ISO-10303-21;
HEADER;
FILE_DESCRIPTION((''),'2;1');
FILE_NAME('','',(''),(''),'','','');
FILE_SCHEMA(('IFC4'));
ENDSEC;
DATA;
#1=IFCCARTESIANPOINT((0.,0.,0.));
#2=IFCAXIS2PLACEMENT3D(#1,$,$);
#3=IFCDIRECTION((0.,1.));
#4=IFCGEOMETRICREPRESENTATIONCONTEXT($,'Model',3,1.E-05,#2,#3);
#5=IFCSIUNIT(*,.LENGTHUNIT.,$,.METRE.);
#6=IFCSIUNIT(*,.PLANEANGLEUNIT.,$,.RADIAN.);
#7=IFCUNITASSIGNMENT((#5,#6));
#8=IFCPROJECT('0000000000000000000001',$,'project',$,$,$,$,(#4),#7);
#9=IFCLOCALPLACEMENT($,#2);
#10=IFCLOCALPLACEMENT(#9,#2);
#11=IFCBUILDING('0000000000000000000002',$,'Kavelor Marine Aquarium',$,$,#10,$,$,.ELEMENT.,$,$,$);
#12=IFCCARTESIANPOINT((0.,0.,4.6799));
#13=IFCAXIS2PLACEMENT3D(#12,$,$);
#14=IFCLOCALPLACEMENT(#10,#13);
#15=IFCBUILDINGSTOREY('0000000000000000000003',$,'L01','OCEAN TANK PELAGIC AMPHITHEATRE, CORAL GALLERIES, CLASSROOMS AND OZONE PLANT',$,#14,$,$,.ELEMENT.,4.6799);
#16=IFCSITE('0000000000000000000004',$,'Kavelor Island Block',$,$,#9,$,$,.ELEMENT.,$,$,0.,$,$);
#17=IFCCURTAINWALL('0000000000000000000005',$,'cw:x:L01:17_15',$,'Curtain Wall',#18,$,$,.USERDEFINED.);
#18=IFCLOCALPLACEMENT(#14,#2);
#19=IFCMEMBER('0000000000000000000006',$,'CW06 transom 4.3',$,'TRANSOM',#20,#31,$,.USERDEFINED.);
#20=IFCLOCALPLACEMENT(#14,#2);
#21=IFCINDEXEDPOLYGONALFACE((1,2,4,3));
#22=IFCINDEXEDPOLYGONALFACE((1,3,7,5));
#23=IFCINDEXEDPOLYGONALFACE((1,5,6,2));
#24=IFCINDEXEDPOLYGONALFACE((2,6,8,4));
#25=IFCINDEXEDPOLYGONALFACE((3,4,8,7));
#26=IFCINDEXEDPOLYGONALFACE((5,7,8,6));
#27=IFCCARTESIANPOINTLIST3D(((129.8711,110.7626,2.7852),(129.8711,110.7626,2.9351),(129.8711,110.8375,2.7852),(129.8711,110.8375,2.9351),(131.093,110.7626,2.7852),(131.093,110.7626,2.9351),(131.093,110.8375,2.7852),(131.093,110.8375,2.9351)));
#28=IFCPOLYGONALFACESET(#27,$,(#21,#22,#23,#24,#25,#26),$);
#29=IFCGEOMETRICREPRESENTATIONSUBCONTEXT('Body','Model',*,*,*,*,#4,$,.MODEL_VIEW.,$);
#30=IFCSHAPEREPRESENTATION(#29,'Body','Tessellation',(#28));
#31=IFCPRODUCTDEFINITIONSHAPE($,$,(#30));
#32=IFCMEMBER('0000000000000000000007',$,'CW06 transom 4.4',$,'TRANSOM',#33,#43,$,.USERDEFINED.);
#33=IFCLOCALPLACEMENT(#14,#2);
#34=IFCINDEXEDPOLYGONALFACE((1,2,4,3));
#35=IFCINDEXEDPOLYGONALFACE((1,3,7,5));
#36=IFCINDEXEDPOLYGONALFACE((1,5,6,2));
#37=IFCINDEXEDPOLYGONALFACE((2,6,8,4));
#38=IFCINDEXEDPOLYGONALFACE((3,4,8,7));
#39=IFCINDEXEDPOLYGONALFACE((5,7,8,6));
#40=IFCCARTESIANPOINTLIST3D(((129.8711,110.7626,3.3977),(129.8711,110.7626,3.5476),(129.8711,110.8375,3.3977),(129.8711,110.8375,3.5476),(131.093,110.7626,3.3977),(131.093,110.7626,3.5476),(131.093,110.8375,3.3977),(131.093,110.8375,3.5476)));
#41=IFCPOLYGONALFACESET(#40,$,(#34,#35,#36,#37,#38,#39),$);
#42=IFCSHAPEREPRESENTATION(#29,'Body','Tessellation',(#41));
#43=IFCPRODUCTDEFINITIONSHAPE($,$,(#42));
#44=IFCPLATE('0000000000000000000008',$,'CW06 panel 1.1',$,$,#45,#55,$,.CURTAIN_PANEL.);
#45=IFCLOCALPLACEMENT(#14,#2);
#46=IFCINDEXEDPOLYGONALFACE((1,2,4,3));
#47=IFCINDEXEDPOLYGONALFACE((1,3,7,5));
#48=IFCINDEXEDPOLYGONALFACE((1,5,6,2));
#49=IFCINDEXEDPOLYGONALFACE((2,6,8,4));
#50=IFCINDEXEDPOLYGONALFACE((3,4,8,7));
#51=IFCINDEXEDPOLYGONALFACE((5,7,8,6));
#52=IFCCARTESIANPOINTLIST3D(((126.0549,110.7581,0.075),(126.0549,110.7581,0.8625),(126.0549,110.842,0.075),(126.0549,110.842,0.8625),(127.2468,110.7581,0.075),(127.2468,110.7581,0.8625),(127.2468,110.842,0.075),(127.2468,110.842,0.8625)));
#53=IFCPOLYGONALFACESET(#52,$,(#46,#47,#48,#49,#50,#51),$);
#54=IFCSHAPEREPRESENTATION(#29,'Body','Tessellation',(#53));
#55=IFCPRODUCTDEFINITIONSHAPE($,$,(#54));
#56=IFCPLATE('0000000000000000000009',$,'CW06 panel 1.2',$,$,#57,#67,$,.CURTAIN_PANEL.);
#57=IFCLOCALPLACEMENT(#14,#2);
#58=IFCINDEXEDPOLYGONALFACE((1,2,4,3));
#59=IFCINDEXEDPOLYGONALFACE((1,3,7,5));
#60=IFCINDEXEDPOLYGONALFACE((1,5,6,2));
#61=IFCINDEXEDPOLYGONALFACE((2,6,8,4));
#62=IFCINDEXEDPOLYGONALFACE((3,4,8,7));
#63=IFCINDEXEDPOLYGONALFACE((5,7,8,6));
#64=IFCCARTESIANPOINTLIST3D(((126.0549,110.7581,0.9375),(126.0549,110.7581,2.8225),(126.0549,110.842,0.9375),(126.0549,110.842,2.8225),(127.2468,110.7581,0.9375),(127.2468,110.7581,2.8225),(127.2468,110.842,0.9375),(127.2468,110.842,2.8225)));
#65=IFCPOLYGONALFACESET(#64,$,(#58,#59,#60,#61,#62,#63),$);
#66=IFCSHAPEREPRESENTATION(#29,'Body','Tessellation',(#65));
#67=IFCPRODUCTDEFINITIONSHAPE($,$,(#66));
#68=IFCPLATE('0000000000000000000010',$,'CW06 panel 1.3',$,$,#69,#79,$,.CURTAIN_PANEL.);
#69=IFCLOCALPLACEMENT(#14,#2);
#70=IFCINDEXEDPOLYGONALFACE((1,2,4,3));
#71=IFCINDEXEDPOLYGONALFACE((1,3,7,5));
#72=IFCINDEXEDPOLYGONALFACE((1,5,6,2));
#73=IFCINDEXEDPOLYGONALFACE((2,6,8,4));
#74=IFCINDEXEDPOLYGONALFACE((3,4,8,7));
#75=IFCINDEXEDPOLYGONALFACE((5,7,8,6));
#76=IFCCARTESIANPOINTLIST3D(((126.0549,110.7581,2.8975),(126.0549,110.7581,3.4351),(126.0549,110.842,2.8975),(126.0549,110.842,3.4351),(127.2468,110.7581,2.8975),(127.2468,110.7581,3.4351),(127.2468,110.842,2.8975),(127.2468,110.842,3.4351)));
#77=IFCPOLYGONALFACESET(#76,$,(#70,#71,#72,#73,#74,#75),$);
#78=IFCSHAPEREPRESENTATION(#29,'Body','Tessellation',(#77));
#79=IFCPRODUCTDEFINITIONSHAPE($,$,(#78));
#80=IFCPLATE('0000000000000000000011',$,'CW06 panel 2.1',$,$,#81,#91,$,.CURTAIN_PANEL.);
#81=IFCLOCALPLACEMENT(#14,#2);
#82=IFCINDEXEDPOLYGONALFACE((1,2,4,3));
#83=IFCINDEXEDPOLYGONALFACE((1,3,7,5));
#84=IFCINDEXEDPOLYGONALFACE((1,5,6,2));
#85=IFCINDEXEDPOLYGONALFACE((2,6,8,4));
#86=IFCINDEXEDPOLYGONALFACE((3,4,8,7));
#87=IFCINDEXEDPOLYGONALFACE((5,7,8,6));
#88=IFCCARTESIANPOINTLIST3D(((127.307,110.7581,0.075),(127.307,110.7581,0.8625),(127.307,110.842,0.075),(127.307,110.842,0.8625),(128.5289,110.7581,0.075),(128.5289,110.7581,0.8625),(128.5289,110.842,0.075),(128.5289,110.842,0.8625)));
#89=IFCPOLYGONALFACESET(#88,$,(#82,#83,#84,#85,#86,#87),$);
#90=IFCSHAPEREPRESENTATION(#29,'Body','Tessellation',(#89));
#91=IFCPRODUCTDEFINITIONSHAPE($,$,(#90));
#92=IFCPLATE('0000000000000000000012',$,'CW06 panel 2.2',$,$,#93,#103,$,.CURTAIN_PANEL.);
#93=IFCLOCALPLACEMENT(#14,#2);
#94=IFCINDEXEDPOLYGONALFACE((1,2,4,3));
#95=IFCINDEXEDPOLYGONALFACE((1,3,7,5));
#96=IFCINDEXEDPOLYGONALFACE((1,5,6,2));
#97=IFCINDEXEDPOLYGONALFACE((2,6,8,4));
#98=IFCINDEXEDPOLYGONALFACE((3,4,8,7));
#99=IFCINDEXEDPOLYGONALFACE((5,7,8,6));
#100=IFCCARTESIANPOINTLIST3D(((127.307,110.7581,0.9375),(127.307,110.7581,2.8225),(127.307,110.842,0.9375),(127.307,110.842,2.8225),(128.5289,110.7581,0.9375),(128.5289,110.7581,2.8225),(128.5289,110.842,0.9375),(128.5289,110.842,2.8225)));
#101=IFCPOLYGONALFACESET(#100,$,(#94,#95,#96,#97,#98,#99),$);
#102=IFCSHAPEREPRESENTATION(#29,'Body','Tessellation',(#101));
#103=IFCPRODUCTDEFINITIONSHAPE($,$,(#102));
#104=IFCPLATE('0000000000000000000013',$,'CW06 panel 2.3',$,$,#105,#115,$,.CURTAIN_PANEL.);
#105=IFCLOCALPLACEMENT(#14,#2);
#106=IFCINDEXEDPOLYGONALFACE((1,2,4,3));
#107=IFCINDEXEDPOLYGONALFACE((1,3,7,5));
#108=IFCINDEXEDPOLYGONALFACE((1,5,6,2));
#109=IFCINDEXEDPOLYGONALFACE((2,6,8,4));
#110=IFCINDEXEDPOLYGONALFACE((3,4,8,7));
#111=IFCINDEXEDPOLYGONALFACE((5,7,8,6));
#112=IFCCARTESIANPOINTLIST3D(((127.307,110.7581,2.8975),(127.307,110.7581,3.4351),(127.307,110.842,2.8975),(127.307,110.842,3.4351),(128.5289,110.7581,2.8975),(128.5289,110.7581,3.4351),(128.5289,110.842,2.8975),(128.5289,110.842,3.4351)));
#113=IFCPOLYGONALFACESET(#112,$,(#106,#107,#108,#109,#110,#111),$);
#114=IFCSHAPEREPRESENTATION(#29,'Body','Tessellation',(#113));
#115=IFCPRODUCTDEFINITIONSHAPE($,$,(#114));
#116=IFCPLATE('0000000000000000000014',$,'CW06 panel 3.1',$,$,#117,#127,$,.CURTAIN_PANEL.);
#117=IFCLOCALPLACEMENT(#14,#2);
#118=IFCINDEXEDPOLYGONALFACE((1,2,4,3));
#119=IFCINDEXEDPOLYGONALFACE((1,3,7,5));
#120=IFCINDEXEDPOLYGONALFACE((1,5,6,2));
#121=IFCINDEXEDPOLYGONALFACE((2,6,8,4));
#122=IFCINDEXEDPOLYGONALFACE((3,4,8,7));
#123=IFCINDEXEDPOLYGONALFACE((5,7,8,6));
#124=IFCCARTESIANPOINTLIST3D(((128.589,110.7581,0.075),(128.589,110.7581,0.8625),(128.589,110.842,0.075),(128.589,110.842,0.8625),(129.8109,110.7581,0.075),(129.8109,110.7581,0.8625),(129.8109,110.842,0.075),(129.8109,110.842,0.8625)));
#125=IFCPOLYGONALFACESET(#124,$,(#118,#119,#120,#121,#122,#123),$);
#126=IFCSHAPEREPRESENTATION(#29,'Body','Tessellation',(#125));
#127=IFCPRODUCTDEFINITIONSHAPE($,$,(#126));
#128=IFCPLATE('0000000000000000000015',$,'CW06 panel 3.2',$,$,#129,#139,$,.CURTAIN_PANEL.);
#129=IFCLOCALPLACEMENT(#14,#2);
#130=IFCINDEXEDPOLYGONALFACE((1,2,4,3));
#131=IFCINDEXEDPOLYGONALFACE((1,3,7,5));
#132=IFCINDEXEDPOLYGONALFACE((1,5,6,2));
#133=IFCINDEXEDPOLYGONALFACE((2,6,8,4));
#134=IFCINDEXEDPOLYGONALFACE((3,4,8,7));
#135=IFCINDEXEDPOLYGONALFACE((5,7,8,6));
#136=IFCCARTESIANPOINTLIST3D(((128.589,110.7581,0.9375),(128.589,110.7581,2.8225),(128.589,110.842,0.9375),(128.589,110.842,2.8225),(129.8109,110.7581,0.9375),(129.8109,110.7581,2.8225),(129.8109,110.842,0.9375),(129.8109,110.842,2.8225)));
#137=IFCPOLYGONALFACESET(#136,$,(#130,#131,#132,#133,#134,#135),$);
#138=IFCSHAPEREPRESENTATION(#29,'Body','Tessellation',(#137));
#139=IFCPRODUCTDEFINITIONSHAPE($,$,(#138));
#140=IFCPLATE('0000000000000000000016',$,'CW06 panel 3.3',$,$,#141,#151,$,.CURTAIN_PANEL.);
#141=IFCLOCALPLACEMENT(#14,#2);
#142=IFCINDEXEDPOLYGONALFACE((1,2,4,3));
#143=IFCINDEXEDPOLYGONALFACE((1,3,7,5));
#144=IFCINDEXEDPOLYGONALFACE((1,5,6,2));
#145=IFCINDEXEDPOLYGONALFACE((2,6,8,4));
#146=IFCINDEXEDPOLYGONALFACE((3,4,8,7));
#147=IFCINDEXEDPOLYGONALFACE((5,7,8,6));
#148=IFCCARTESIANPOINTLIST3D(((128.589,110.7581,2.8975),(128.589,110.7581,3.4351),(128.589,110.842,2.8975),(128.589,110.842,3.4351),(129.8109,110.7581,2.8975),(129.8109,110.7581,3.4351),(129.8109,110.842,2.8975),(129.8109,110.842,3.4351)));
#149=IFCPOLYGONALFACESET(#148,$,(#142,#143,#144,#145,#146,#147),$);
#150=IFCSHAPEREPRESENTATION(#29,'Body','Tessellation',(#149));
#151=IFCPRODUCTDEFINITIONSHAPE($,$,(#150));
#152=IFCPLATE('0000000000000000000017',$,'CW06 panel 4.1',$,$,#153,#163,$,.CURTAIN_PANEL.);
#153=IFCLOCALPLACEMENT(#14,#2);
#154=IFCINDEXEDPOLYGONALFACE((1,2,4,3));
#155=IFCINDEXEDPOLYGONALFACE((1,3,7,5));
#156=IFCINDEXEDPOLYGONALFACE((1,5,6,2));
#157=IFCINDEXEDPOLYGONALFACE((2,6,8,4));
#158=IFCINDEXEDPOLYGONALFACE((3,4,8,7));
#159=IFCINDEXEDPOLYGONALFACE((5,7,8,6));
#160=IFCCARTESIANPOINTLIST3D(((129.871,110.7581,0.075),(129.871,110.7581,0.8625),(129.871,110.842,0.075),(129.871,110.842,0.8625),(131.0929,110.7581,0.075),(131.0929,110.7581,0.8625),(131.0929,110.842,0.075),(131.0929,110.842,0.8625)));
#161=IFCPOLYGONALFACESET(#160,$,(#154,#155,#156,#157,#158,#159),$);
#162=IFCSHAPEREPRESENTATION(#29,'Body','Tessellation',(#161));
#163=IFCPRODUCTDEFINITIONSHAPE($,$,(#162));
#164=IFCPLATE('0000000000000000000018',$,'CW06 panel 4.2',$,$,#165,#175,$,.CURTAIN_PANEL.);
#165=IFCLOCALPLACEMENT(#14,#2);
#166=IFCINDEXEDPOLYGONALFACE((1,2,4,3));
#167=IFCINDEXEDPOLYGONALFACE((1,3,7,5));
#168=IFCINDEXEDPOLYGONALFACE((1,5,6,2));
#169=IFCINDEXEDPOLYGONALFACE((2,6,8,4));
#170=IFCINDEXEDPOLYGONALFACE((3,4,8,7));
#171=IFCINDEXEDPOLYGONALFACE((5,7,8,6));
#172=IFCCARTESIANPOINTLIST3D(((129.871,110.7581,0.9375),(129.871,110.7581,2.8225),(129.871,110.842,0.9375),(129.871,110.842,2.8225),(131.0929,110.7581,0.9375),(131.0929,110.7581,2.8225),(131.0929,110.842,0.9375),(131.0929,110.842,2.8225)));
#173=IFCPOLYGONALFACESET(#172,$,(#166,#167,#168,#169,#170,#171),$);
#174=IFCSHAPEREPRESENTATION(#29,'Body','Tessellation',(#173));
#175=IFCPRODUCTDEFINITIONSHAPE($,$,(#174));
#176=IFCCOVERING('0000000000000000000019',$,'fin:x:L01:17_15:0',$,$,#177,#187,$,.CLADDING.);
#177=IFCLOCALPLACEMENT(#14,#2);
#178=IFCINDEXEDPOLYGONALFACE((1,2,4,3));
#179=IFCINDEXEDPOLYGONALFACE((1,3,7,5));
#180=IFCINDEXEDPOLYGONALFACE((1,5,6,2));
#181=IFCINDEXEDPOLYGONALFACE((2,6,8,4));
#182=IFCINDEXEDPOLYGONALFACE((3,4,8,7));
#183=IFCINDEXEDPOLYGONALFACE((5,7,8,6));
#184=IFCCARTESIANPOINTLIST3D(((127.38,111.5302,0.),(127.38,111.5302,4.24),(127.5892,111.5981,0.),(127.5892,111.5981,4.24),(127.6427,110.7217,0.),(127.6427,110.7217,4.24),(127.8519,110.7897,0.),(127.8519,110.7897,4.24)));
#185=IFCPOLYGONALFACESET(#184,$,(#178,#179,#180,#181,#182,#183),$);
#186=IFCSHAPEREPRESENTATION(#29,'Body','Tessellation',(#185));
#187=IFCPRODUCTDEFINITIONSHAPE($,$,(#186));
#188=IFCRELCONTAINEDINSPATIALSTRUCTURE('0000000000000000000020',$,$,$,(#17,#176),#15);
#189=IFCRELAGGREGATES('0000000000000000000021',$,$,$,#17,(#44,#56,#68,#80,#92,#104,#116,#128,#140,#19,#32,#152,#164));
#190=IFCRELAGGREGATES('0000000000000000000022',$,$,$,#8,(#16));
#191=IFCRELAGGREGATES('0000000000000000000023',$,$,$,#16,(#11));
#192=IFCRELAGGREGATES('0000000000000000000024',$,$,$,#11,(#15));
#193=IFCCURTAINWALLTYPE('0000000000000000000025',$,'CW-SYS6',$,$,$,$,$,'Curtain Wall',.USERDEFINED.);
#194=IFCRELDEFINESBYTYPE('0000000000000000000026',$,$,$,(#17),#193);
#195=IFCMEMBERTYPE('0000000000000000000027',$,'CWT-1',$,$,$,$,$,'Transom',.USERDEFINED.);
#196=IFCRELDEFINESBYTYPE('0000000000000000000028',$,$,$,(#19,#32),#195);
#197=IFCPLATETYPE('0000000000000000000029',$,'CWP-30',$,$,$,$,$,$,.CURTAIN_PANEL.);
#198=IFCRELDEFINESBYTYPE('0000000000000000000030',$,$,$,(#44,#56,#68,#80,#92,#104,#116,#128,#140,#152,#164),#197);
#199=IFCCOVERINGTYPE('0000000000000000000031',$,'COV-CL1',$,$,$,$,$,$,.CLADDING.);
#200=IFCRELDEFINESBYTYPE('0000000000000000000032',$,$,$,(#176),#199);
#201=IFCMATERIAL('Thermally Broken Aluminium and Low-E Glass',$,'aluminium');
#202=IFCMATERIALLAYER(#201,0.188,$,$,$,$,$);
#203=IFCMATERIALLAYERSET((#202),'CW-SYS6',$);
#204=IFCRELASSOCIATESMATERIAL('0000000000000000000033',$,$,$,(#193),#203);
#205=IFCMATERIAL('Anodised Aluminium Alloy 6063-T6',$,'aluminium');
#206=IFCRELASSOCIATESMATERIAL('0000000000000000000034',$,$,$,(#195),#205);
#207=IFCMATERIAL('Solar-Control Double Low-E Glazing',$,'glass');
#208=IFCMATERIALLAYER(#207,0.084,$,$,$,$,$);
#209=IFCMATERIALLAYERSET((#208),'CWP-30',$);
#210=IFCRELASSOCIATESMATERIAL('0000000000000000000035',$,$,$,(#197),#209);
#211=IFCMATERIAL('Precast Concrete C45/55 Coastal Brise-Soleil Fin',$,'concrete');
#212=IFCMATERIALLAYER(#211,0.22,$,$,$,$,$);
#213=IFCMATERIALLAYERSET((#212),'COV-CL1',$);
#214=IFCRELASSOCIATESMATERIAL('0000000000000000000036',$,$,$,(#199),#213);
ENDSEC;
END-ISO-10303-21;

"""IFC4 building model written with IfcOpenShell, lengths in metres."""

from ifc_helpers import new_model, si_unit, direction, frame, origin, origin_2d, place, context, subcontext, project, spatial, rectangle, extrude, material, layer, layer_set, material_profile, profile_set, type_object, element, aggregate, save


model = new_model("IFC4")

# Units and contexts
model_context = context("Model", 3, precision=1e-05, world=origin(), true_north=direction((0.0, 1.0)))
body_context = subcontext(model_context, "Body", "Model", "MODEL_VIEW")
ifc_project = project(units=[si_unit("LENGTHUNIT", "METRE"), si_unit("PLANEANGLEUNIT", "RADIAN")], contexts=[model_context])

# Site, building, storey
site_placement = place(None, origin())
site = spatial("IfcSite", under=ifc_project, at=site_placement, Name="Kavelor Island Block", CompositionType="ELEMENT", RefElevation=0.0)
building_placement = place(site_placement, origin())
building = spatial("IfcBuilding", under=site, at=building_placement, Name="Kavelor Marine Aquarium", CompositionType="ELEMENT")
storey_placement = place(building_placement, frame((0.0, 0.0, 4.6799)))
storey = spatial("IfcBuildingStorey", under=building, at=storey_placement, Name="L01", Description="OCEAN TANK PELAGIC AMPHITHEATRE, CORAL GALLERIES, CLASSROOMS AND OZONE PLANT", CompositionType="ELEMENT", Elevation=4.6799)

# Curtain wall, members, plates
ifc_material_1 = material(Name="Thermally Broken Aluminium and Low-E Glass", Category="aluminium")
ifc_layer_1 = layer(ifc_material_1, 0.188)
ifc_layer_set_1 = layer_set([ifc_layer_1], Name="CW-SYS6")
curtain_wall_type = type_object("IfcCurtainWallType", Name="CW-SYS6", ElementType="Curtain Wall", PredefinedType="USERDEFINED", material=ifc_layer_set_1)
curtain_wall_placement = place(storey_placement, origin())
curtain_wall = element("IfcCurtainWall", 1, at=curtain_wall_placement, inside=storey, type_object=curtain_wall_type, Name="cw:x:L01:17_15", ObjectType="Curtain Wall", PredefinedType="USERDEFINED")
ifc_material_2 = material(Name="Anodised Aluminium Alloy 6063-T6", Category="aluminium")
ifc_material_profile_1 = material_profile(ifc_material_2, rectangle(XDim=0.075, YDim=0.1499, at=origin_2d()), Name="CW-TRN 75x150")
ifc_profile_set_1 = profile_set([ifc_material_profile_1], Name="Anodised Aluminium Alloy 6063-T6")
member_type_1 = type_object("IfcMemberType", Name="CWT-1", ElementType="Transom", PredefinedType="USERDEFINED", material=ifc_profile_set_1)
member_1_placement = place(storey_placement, frame((129.8711, 110.8, 2.8601), z_axis=(1.0, 0.0, 0.0), x_axis=(0.0, 1.0, 0.0)))
member_1 = element("IfcMember", 2, at=member_1_placement, type_object=member_type_1, Name="CW06 transom 4.3", ObjectType="TRANSOM", PredefinedType="USERDEFINED", context=body_context, shape_type="SweptSolid", body=[
    extrude(rectangle(XDim=0.075, YDim=0.1499, at=origin_2d()), origin(), (0.0, 0.0, 1.0), 1.2219),
])
member_2_placement = place(storey_placement, frame((129.8711, 110.8, 3.4727), z_axis=(1.0, 0.0, 0.0), x_axis=(0.0, 1.0, 0.0)))
member_2 = element("IfcMember", 3, at=member_2_placement, type_object=member_type_1, Name="CW06 transom 4.4", ObjectType="TRANSOM", PredefinedType="USERDEFINED", context=body_context, shape_type="SweptSolid", body=[
    extrude(rectangle(XDim=0.075, YDim=0.1499, at=origin_2d()), origin(), (0.0, 0.0, 1.0), 1.2219),
])
ifc_material_3 = material(Name="Solar-Control Double Low-E Glazing", Category="glass")
ifc_layer_2 = layer(ifc_material_3, 0.084)
ifc_layer_set_2 = layer_set([ifc_layer_2], Name="CWP-30")
plate_type = type_object("IfcPlateType", Name="CWP-30", PredefinedType="CURTAIN_PANEL", material=ifc_layer_set_2)
plate_1_placement = place(storey_placement, frame((126.6509, 110.8, 0.075), z_axis=(0.0, 0.0, 1.0), x_axis=(1.0, 0.0, 0.0)))
plate_1 = element("IfcPlate", 4, at=plate_1_placement, type_object=plate_type, Name="CW06 panel 1.1", PredefinedType="CURTAIN_PANEL", context=body_context, shape_type="SweptSolid", body=[
    extrude(rectangle(XDim=1.1919, YDim=0.084, at=origin_2d()), origin(), (0.0, 0.0, 1.0), 0.7876),
])
plate_2_placement = place(storey_placement, frame((126.6509, 110.8, 0.9375), z_axis=(0.0, 0.0, 1.0), x_axis=(1.0, 0.0, 0.0)))
plate_2 = element("IfcPlate", 5, at=plate_2_placement, type_object=plate_type, Name="CW06 panel 1.2", PredefinedType="CURTAIN_PANEL", context=body_context, shape_type="SweptSolid", body=[
    extrude(rectangle(XDim=1.1919, YDim=0.084, at=origin_2d()), origin(), (0.0, 0.0, 1.0), 1.885),
])
plate_3_placement = place(storey_placement, frame((126.6509, 110.8, 2.8975), z_axis=(0.0, 0.0, 1.0), x_axis=(1.0, 0.0, 0.0)))
plate_3 = element("IfcPlate", 6, at=plate_3_placement, type_object=plate_type, Name="CW06 panel 1.3", PredefinedType="CURTAIN_PANEL", context=body_context, shape_type="SweptSolid", body=[
    extrude(rectangle(XDim=1.1919, YDim=0.084, at=origin_2d()), origin(), (0.0, 0.0, 1.0), 0.5376),
])
plate_4_placement = place(storey_placement, frame((127.918, 110.8, 0.075), z_axis=(0.0, 0.0, 1.0), x_axis=(1.0, 0.0, 0.0)))
plate_4 = element("IfcPlate", 7, at=plate_4_placement, type_object=plate_type, Name="CW06 panel 2.1", PredefinedType="CURTAIN_PANEL", context=body_context, shape_type="SweptSolid", body=[
    extrude(rectangle(XDim=1.2219, YDim=0.084, at=origin_2d()), origin(), (0.0, 0.0, 1.0), 0.7876),
])
plate_5_placement = place(storey_placement, frame((127.918, 110.8, 0.9375), z_axis=(0.0, 0.0, 1.0), x_axis=(1.0, 0.0, 0.0)))
plate_5 = element("IfcPlate", 8, at=plate_5_placement, type_object=plate_type, Name="CW06 panel 2.2", PredefinedType="CURTAIN_PANEL", context=body_context, shape_type="SweptSolid", body=[
    extrude(rectangle(XDim=1.2219, YDim=0.084, at=origin_2d()), origin(), (0.0, 0.0, 1.0), 1.885),
])
plate_6_placement = place(storey_placement, frame((127.918, 110.8, 2.8975), z_axis=(0.0, 0.0, 1.0), x_axis=(1.0, 0.0, 0.0)))
plate_6 = element("IfcPlate", 9, at=plate_6_placement, type_object=plate_type, Name="CW06 panel 2.3", PredefinedType="CURTAIN_PANEL", context=body_context, shape_type="SweptSolid", body=[
    extrude(rectangle(XDim=1.2219, YDim=0.084, at=origin_2d()), origin(), (0.0, 0.0, 1.0), 0.5376),
])
plate_7_placement = place(storey_placement, frame((129.2, 110.8, 0.075), z_axis=(0.0, 0.0, 1.0), x_axis=(1.0, 0.0, 0.0)))
plate_7 = element("IfcPlate", 10, at=plate_7_placement, type_object=plate_type, Name="CW06 panel 3.1", PredefinedType="CURTAIN_PANEL", context=body_context, shape_type="SweptSolid", body=[
    extrude(rectangle(XDim=1.2219, YDim=0.084, at=origin_2d()), origin(), (0.0, 0.0, 1.0), 0.7876),
])
plate_8_placement = place(storey_placement, frame((129.2, 110.8, 0.9375), z_axis=(0.0, 0.0, 1.0), x_axis=(1.0, 0.0, 0.0)))
plate_8 = element("IfcPlate", 11, at=plate_8_placement, type_object=plate_type, Name="CW06 panel 3.2", PredefinedType="CURTAIN_PANEL", context=body_context, shape_type="SweptSolid", body=[
    extrude(rectangle(XDim=1.2219, YDim=0.084, at=origin_2d()), origin(), (0.0, 0.0, 1.0), 1.885),
])
plate_9_placement = place(storey_placement, frame((129.2, 110.8, 2.8975), z_axis=(0.0, 0.0, 1.0), x_axis=(1.0, 0.0, 0.0)))
plate_9 = element("IfcPlate", 12, at=plate_9_placement, type_object=plate_type, Name="CW06 panel 3.3", PredefinedType="CURTAIN_PANEL", context=body_context, shape_type="SweptSolid", body=[
    extrude(rectangle(XDim=1.2219, YDim=0.084, at=origin_2d()), origin(), (0.0, 0.0, 1.0), 0.5376),
])
plate_10_placement = place(storey_placement, frame((130.4819, 110.8, 0.075), z_axis=(0.0, 0.0, 1.0), x_axis=(1.0, 0.0, 0.0)))
plate_10 = element("IfcPlate", 13, at=plate_10_placement, type_object=plate_type, Name="CW06 panel 4.1", PredefinedType="CURTAIN_PANEL", context=body_context, shape_type="SweptSolid", body=[
    extrude(rectangle(XDim=1.2219, YDim=0.084, at=origin_2d()), origin(), (0.0, 0.0, 1.0), 0.7876),
])
plate_11_placement = place(storey_placement, frame((130.4819, 110.8, 0.9375), z_axis=(0.0, 0.0, 1.0), x_axis=(1.0, 0.0, 0.0)))
plate_11 = element("IfcPlate", 14, at=plate_11_placement, type_object=plate_type, Name="CW06 panel 4.2", PredefinedType="CURTAIN_PANEL", context=body_context, shape_type="SweptSolid", body=[
    extrude(rectangle(XDim=1.2219, YDim=0.084, at=origin_2d()), origin(), (0.0, 0.0, 1.0), 1.885),
])
aggregate(curtain_wall, [plate_1, plate_2, plate_3, plate_4, plate_5, plate_6, plate_7, plate_8, plate_9, member_1, member_2, plate_10, plate_11])

# Covering
ifc_material_4 = material(Name="Precast Concrete C45/55 Coastal Brise-Soleil Fin", Category="concrete")
ifc_layer_3 = layer(ifc_material_4, 0.22)
ifc_layer_set_3 = layer_set([ifc_layer_3], Name="COV-CL1")
covering_type = type_object("IfcCoveringType", Name="COV-CL1", PredefinedType="CLADDING", material=ifc_layer_set_3)
covering_placement = place(storey_placement, frame((127.616, 111.1599, 0.0), z_axis=(0.0, 0.0, 1.0), x_axis=(0.951057, 0.309017, 0.0)))
element("IfcCovering", 15, at=covering_placement, inside=storey, type_object=covering_type, Name="fin:x:L01:17_15:0", PredefinedType="CLADDING", context=body_context, shape_type="SweptSolid", body=[
    extrude(rectangle(XDim=0.22, YDim=0.8501, at=origin_2d()), origin(), (0.0, 0.0, 1.0), 4.24),
])

save(model, "model.ifc")
